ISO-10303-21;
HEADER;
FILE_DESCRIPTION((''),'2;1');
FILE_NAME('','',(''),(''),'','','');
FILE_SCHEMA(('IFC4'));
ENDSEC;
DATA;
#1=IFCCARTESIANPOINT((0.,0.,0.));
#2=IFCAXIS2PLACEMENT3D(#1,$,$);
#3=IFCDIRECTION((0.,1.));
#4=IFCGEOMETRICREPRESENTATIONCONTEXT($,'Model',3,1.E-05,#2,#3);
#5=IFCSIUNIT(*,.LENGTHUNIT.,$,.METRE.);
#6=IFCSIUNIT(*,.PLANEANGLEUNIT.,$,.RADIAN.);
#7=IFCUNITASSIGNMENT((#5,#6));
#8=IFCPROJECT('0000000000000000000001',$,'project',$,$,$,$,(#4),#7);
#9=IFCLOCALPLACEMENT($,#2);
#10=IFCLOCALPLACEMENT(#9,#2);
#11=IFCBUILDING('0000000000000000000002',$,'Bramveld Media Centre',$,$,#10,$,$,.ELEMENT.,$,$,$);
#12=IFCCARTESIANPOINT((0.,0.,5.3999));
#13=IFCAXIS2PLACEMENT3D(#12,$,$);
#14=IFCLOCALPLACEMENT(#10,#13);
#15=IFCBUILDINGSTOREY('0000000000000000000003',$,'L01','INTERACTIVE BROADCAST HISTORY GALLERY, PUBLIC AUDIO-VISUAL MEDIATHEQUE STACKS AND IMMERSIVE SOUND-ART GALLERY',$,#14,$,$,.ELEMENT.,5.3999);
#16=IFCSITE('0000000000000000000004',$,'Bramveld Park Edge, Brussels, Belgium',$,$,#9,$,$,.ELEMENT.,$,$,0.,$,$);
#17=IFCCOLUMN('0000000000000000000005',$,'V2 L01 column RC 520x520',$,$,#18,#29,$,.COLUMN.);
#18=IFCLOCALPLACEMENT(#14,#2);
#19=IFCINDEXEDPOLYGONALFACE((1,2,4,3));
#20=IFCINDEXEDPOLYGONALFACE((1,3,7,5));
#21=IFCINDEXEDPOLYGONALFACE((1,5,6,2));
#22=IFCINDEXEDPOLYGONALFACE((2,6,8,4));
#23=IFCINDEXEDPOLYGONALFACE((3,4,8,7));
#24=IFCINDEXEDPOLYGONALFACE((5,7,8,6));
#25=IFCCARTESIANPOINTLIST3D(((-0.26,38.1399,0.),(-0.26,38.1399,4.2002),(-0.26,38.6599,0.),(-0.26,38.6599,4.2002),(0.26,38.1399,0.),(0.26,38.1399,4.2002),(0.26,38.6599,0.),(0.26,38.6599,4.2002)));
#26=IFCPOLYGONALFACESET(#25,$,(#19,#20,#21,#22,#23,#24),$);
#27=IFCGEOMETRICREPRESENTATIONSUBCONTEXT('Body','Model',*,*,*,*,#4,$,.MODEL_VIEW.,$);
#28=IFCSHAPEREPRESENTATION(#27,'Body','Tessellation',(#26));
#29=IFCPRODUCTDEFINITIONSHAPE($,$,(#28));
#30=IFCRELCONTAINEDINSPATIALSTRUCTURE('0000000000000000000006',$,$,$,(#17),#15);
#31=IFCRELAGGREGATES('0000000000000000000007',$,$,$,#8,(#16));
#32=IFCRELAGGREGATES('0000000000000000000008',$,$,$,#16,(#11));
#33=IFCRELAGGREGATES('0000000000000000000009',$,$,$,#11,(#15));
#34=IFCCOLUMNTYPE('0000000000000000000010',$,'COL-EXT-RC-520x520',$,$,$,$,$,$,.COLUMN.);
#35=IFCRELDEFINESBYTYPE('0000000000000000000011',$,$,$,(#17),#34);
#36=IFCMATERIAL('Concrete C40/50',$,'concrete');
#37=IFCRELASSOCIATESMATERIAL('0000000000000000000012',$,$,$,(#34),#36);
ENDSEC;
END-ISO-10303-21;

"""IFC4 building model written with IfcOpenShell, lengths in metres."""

from ifc_helpers import new_model, si_unit, direction, frame, origin, origin_2d, place, context, subcontext, project, spatial, rectangle, extrude, material, material_profile, profile_set, type_object, element, save


model = new_model("IFC4")

# Units and contexts
model_context = context("Model", 3, precision=1e-05, world=origin(), true_north=direction((0.0, 1.0)))
body_context = subcontext(model_context, "Body", "Model", "MODEL_VIEW")
ifc_project = project(units=[si_unit("LENGTHUNIT", "METRE"), si_unit("PLANEANGLEUNIT", "RADIAN")], contexts=[model_context])

# Site, building, storey
site_placement = place(None, origin())
site = spatial("IfcSite", under=ifc_project, at=site_placement, Name="Bramveld Park Edge, Brussels, Belgium", CompositionType="ELEMENT", RefElevation=0.0)
building_placement = place(site_placement, origin())
building = spatial("IfcBuilding", under=site, at=building_placement, Name="Bramveld Media Centre", CompositionType="ELEMENT")
storey_placement = place(building_placement, frame((0.0, 0.0, 5.3999)))
storey = spatial("IfcBuildingStorey", under=building, at=storey_placement, Name="L01", Description="INTERACTIVE BROADCAST HISTORY GALLERY, PUBLIC AUDIO-VISUAL MEDIATHEQUE STACKS AND IMMERSIVE SOUND-ART GALLERY", CompositionType="ELEMENT", Elevation=5.3999)

# Column
ifc_material_1 = material(Name="Concrete C40/50", Category="concrete")
ifc_material_profile = material_profile(ifc_material_1, rectangle(XDim=0.52, YDim=0.52, at=origin_2d()), Name="RC 520x520")
ifc_profile_set = profile_set([ifc_material_profile], Name="Concrete C40/50")
column_type = type_object("IfcColumnType", Name="COL-EXT-RC-520x520", PredefinedType="COLUMN", material=ifc_profile_set)
column_placement = place(storey_placement, frame((0.0, 38.3999, 0.0), z_axis=(0.0, 0.0, 1.0), x_axis=(1.0, 0.0, 0.0)))
element("IfcColumn", 1, at=column_placement, inside=storey, type_object=column_type, Name="V2 L01 column RC 520x520", PredefinedType="COLUMN", context=body_context, shape_type="SweptSolid", body=[
    extrude(rectangle(XDim=0.52, YDim=0.52, at=origin_2d()), origin(), (0.0, 0.0, 1.0), 4.2002),
])

save(model, "model.ifc")
